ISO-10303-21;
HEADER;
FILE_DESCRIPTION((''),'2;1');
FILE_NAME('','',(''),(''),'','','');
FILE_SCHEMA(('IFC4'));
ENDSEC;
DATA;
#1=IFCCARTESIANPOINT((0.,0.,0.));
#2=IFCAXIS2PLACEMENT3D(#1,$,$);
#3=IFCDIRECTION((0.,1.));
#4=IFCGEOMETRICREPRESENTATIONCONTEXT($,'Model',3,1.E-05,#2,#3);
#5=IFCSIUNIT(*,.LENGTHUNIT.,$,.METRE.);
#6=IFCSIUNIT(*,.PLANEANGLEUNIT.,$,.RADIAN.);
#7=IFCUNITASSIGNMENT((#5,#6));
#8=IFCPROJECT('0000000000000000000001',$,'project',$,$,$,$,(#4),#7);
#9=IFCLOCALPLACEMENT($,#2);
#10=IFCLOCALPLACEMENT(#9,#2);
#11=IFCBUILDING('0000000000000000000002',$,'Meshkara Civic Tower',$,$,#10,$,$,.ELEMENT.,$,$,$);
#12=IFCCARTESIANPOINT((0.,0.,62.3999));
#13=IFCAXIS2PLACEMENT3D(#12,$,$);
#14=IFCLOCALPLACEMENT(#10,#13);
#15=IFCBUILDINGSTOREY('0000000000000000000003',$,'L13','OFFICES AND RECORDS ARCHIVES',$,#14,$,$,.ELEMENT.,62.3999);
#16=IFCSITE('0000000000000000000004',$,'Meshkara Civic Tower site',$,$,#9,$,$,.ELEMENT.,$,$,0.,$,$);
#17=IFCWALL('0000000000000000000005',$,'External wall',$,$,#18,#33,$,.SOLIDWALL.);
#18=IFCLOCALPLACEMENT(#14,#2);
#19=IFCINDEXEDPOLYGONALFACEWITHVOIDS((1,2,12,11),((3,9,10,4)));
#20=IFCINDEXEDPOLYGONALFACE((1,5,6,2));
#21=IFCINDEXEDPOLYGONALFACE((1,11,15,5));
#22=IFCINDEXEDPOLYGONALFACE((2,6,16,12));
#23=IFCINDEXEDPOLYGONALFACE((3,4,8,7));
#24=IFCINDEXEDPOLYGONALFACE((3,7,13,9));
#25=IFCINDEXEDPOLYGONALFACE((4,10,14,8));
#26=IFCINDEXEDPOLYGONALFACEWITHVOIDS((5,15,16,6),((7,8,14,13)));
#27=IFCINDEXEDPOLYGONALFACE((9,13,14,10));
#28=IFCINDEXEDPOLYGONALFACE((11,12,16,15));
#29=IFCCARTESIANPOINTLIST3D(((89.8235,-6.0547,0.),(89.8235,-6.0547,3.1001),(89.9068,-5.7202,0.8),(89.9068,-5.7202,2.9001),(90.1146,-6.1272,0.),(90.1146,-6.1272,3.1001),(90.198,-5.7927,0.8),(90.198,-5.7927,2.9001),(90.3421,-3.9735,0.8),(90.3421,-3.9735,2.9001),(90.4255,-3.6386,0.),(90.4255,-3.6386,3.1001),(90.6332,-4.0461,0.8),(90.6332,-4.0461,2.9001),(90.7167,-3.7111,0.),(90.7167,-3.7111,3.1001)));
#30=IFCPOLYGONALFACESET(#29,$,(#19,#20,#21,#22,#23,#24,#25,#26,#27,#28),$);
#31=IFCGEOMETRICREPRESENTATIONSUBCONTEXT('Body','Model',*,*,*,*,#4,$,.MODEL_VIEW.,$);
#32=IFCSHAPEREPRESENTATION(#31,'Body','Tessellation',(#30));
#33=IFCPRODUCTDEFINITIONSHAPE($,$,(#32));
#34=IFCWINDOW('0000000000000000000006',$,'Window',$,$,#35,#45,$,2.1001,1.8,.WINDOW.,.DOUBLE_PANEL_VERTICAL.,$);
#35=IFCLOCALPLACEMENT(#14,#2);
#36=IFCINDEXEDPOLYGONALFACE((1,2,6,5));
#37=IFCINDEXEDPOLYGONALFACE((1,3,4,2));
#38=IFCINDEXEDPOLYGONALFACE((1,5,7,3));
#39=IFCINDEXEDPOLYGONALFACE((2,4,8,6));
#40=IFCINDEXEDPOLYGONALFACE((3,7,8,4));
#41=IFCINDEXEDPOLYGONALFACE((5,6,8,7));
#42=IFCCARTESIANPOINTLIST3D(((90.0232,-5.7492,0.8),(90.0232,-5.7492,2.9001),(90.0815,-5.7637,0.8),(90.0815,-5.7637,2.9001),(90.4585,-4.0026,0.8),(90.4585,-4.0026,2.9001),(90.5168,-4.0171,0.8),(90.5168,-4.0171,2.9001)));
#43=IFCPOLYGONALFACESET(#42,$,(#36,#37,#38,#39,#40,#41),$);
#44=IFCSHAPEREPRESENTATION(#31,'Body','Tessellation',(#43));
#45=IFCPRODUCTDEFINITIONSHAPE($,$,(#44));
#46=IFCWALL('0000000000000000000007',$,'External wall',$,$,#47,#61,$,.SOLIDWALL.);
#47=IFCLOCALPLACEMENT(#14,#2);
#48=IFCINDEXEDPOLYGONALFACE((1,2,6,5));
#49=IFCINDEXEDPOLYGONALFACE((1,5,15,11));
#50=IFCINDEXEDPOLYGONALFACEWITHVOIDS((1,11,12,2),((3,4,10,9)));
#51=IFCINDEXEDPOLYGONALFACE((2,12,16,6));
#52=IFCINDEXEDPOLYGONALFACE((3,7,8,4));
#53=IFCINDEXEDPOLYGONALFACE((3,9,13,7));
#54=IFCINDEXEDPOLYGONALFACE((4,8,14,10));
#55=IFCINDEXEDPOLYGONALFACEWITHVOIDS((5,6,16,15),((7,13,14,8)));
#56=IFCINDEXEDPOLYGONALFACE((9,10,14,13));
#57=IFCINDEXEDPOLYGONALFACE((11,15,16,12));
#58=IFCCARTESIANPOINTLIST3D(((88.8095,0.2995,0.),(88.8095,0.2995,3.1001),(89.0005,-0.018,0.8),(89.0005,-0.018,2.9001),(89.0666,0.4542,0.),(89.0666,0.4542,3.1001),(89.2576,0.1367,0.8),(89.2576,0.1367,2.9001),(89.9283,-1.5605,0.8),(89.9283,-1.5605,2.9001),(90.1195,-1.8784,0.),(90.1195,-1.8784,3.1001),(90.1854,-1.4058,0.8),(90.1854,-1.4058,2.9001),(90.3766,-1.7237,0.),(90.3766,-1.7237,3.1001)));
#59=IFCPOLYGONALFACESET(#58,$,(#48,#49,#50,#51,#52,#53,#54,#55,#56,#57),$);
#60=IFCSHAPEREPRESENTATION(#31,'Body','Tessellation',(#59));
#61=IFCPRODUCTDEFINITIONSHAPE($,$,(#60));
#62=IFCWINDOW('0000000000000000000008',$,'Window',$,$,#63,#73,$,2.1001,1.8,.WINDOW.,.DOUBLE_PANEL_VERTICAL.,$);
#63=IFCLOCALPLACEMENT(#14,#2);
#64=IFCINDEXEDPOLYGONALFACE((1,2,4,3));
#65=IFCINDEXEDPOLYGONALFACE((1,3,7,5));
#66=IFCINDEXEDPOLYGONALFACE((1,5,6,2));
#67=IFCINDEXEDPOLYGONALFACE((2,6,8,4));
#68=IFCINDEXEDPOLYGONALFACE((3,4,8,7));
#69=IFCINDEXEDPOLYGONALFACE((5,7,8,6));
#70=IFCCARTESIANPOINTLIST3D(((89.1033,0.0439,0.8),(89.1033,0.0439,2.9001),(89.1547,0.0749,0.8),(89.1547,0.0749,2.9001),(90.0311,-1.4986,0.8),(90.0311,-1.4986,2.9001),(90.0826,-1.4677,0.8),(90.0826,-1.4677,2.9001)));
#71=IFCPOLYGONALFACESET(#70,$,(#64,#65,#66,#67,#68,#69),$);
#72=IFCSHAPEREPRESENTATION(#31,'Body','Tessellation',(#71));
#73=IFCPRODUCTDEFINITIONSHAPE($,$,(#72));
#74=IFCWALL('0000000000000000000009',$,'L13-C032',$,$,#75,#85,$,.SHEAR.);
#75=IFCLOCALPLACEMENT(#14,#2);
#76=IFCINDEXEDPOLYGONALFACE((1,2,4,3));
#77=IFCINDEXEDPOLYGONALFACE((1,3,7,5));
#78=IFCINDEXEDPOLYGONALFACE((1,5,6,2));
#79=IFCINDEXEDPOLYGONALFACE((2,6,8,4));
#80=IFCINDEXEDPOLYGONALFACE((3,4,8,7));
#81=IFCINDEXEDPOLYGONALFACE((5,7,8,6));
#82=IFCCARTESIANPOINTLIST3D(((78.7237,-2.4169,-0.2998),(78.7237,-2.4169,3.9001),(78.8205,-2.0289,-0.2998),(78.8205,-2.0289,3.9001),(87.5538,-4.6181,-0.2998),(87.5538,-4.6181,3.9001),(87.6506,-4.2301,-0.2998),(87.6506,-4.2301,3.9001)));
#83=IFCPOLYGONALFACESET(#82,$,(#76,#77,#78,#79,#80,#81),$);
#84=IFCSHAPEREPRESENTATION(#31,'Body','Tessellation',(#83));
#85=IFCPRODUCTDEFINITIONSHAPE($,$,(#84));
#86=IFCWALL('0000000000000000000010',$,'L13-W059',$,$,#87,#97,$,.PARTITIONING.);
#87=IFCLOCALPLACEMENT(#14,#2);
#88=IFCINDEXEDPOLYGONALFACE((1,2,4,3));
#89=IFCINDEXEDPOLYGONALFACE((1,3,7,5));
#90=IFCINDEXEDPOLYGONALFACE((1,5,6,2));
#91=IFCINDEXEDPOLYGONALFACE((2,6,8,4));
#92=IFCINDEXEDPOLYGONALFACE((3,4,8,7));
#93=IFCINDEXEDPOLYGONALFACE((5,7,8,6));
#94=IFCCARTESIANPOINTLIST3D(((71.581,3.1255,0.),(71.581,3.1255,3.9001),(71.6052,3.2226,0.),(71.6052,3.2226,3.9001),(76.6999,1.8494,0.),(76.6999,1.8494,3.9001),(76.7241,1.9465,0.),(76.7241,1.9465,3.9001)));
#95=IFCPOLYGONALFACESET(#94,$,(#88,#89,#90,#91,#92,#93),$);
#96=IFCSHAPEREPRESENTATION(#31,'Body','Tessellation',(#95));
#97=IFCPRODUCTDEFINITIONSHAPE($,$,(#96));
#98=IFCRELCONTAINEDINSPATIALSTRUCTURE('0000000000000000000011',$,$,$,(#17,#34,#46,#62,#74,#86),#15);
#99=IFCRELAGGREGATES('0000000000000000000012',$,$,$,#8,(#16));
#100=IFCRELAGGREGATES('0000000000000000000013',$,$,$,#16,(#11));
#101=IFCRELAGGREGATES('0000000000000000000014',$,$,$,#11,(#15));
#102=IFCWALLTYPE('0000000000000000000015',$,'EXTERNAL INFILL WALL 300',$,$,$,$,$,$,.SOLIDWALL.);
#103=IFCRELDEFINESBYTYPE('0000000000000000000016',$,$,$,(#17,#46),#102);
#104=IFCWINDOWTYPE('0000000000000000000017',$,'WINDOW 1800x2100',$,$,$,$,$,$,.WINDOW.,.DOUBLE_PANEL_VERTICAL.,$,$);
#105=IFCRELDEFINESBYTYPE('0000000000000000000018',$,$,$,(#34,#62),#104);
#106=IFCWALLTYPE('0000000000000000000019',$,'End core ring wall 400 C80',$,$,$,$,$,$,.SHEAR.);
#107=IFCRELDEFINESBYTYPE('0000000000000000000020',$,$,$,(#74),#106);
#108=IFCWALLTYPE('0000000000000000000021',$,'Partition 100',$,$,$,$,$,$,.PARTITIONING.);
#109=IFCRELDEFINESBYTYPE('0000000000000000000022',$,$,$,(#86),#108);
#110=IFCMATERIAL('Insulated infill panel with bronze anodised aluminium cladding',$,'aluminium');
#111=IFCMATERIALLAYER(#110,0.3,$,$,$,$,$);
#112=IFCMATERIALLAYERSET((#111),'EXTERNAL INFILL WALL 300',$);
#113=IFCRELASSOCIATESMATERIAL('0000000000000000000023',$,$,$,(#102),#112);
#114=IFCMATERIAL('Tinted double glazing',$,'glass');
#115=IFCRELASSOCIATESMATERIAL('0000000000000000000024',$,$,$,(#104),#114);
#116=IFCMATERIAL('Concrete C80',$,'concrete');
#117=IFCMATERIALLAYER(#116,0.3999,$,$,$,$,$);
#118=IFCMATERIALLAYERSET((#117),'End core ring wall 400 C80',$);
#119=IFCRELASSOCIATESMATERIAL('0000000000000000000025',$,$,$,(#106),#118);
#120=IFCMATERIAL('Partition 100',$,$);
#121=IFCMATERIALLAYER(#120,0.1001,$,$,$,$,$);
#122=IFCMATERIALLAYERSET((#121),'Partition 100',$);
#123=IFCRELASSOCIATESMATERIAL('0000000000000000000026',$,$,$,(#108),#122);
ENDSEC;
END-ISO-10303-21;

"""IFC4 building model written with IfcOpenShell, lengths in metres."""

from ifc_helpers import new_model, si_unit, direction, frame, frame_2d, origin, place, context, subcontext, project, spatial, rectangle, extrude, material, layer, layer_set, type_object, element, fill, save


model = new_model("IFC4")

# Units and contexts
model_context = context("Model", 3, precision=1e-05, world=origin(), true_north=direction((0.0, 1.0)))
body_context = subcontext(model_context, "Body", "Model", "MODEL_VIEW")
ifc_project = project(units=[si_unit("LENGTHUNIT", "METRE"), si_unit("PLANEANGLEUNIT", "RADIAN")], contexts=[model_context])

# Site, building, storey
site_placement = place(None, origin())
site = spatial("IfcSite", under=ifc_project, at=site_placement, Name="Meshkara Civic Tower site", CompositionType="ELEMENT", RefElevation=0.0)
building_placement = place(site_placement, origin())
building = spatial("IfcBuilding", under=site, at=building_placement, Name="Meshkara Civic Tower", CompositionType="ELEMENT")
storey_placement = place(building_placement, frame((0.0, 0.0, 62.3999)))
storey = spatial("IfcBuildingStorey", under=building, at=storey_placement, Name="L13", Description="OFFICES AND RECORDS ARCHIVES", CompositionType="ELEMENT", Elevation=62.3999)

# Walls, openings, windows
ifc_material_1 = material(Name="Insulated infill panel with bronze anodised aluminium cladding", Category="aluminium")
ifc_layer_1 = layer(ifc_material_1, 0.3)
ifc_layer_set_1 = layer_set([ifc_layer_1], Name="EXTERNAL INFILL WALL 300")
wall_type_1 = type_object("IfcWallType", Name="EXTERNAL INFILL WALL 300", PredefinedType="SOLIDWALL", material=ifc_layer_set_1)
wall_1_placement = place(storey_placement, frame((89.969, -6.0911, 0.0), z_axis=(0.0, 0.0, 1.0), x_axis=(0.241797, 0.970327, 0.0)))
wall_1 = element("IfcWall", 1, at=wall_1_placement, inside=storey, type_object=wall_type_1, Name="External wall", PredefinedType="SOLIDWALL", context=body_context, shape_type="SweptSolid", body=[
    extrude(rectangle(XDim=2.49, YDim=0.3, at=frame_2d((1.2451, 0.0))), origin(), (0.0, 0.0, 1.0), 3.1001),
])
opening_1_placement = place(wall_1_placement, frame((0.345, 0.0, 0.8)))
opening_1 = element("IfcOpeningElement", 2, at=opening_1_placement, cuts=wall_1, PredefinedType="OPENING", context=body_context, shape_type="SweptSolid", body=[
    extrude(rectangle(XDim=1.8, YDim=2.1001, at=frame_2d((0.8999, 1.05))), frame((0.0, 0.1599, 0.0), z_axis=(0.0, -1.0, 0.0), x_axis=(1.0, 0.0, 0.0)), (0.0, 0.0, 1.0), 0.3201),
])
ifc_material_2 = material(Name="Tinted double glazing", Category="glass")
window_type_1 = type_object("IfcWindowType", Name="WINDOW 1800x2100", PartitioningType="DOUBLE_PANEL_VERTICAL", PredefinedType="WINDOW", material=ifc_material_2)
window_1_placement = place(opening_1_placement, origin())
window_1 = element("IfcWindow", 3, at=window_1_placement, inside=storey, type_object=window_type_1, Name="Window", OverallHeight=2.1001, OverallWidth=1.8, PartitioningType="DOUBLE_PANEL_VERTICAL", PredefinedType="WINDOW", context=body_context, shape_type="SweptSolid", body=[
    extrude(rectangle(XDim=1.8, YDim=2.1001, at=frame_2d((0.8999, 1.05))), frame((0.0, 0.03, 0.0), z_axis=(0.0, -1.0, 0.0), x_axis=(1.0, 0.0, 0.0)), (0.0, 0.0, 1.0), 0.0601),
])
fill(opening_1, window_1)
wall_2_placement = place(storey_placement, frame((90.248, -1.801, 0.0), z_axis=(0.0, 0.0, 1.0), x_axis=(-0.515442, 0.856925, 0.0)))
wall_2 = element("IfcWall", 4, at=wall_2_placement, inside=storey, type_object=wall_type_1, Name="External wall", PredefinedType="SOLIDWALL", context=body_context, shape_type="SweptSolid", body=[
    extrude(rectangle(XDim=2.5415, YDim=0.3, at=frame_2d((1.2708, 0.0))), origin(), (0.0, 0.0, 1.0), 3.1001),
])
opening_2_placement = place(wall_2_placement, frame((0.3711, 0.0, 0.8)))
opening_2 = element("IfcOpeningElement", 5, at=opening_2_placement, cuts=wall_2, PredefinedType="OPENING", context=body_context, shape_type="SweptSolid", body=[
    extrude(rectangle(XDim=1.8, YDim=2.1001, at=frame_2d((0.8999, 1.05))), frame((0.0, 0.1599, 0.0), z_axis=(0.0, -1.0, 0.0), x_axis=(1.0, 0.0, 0.0)), (0.0, 0.0, 1.0), 0.3201),
])
window_2_placement = place(opening_2_placement, origin())
window_2 = element("IfcWindow", 6, at=window_2_placement, inside=storey, type_object=window_type_1, Name="Window", OverallHeight=2.1001, OverallWidth=1.8, PartitioningType="DOUBLE_PANEL_VERTICAL", PredefinedType="WINDOW", context=body_context, shape_type="SweptSolid", body=[
    extrude(rectangle(XDim=1.8, YDim=2.1001, at=frame_2d((0.8999, 1.05))), frame((0.0, 0.03, 0.0), z_axis=(0.0, -1.0, 0.0), x_axis=(1.0, 0.0, 0.0)), (0.0, 0.0, 1.0), 0.0601),
])
fill(opening_2, window_2)

# Walls
ifc_material_3 = material(Name="Concrete C80", Category="concrete")
ifc_layer_2 = layer(ifc_material_3, 0.3999)
ifc_layer_set_2 = layer_set([ifc_layer_2], Name="End core ring wall 400 C80")
wall_type_2 = type_object("IfcWallType", Name="End core ring wall 400 C80", PredefinedType="SHEAR", material=ifc_layer_set_2)
wall_3_placement = place(storey_placement, frame((78.772, -2.2229, -0.2998), z_axis=(0.0, 0.0, 1.0), x_axis=(0.970306, -0.241879, 0.0)))
element("IfcWall", 7, at=wall_3_placement, inside=storey, type_object=wall_type_2, Name="L13-C032", PredefinedType="SHEAR", context=body_context, shape_type="SweptSolid", body=[
    extrude(rectangle(XDim=9.1003, YDim=0.3999, at=frame_2d((4.5503, 0.0))), origin(), (0.0, 0.0, 1.0), 4.2),
])
ifc_material_4 = material(Name="Partition 100")
ifc_layer_3 = layer(ifc_material_4, 0.1001)
ifc_layer_set_3 = layer_set([ifc_layer_3], Name="Partition 100")
wall_type_3 = type_object("IfcWallType", Name="Partition 100", PredefinedType="PARTITIONING", material=ifc_layer_set_3)
wall_4_placement = place(storey_placement, frame((76.7119, 1.8979, 0.0), z_axis=(0.0, 0.0, 1.0), x_axis=(-0.970303, 0.241893, 0.0)))
element("IfcWall", 8, at=wall_4_placement, inside=storey, type_object=wall_type_3, Name="L13-W059", PredefinedType="PARTITIONING", context=body_context, shape_type="SweptSolid", body=[
    extrude(rectangle(XDim=5.2756, YDim=0.1001, at=frame_2d((2.6377, 0.0))), origin(), (0.0, 0.0, 1.0), 3.9001),
])

save(model, "model.ifc")
